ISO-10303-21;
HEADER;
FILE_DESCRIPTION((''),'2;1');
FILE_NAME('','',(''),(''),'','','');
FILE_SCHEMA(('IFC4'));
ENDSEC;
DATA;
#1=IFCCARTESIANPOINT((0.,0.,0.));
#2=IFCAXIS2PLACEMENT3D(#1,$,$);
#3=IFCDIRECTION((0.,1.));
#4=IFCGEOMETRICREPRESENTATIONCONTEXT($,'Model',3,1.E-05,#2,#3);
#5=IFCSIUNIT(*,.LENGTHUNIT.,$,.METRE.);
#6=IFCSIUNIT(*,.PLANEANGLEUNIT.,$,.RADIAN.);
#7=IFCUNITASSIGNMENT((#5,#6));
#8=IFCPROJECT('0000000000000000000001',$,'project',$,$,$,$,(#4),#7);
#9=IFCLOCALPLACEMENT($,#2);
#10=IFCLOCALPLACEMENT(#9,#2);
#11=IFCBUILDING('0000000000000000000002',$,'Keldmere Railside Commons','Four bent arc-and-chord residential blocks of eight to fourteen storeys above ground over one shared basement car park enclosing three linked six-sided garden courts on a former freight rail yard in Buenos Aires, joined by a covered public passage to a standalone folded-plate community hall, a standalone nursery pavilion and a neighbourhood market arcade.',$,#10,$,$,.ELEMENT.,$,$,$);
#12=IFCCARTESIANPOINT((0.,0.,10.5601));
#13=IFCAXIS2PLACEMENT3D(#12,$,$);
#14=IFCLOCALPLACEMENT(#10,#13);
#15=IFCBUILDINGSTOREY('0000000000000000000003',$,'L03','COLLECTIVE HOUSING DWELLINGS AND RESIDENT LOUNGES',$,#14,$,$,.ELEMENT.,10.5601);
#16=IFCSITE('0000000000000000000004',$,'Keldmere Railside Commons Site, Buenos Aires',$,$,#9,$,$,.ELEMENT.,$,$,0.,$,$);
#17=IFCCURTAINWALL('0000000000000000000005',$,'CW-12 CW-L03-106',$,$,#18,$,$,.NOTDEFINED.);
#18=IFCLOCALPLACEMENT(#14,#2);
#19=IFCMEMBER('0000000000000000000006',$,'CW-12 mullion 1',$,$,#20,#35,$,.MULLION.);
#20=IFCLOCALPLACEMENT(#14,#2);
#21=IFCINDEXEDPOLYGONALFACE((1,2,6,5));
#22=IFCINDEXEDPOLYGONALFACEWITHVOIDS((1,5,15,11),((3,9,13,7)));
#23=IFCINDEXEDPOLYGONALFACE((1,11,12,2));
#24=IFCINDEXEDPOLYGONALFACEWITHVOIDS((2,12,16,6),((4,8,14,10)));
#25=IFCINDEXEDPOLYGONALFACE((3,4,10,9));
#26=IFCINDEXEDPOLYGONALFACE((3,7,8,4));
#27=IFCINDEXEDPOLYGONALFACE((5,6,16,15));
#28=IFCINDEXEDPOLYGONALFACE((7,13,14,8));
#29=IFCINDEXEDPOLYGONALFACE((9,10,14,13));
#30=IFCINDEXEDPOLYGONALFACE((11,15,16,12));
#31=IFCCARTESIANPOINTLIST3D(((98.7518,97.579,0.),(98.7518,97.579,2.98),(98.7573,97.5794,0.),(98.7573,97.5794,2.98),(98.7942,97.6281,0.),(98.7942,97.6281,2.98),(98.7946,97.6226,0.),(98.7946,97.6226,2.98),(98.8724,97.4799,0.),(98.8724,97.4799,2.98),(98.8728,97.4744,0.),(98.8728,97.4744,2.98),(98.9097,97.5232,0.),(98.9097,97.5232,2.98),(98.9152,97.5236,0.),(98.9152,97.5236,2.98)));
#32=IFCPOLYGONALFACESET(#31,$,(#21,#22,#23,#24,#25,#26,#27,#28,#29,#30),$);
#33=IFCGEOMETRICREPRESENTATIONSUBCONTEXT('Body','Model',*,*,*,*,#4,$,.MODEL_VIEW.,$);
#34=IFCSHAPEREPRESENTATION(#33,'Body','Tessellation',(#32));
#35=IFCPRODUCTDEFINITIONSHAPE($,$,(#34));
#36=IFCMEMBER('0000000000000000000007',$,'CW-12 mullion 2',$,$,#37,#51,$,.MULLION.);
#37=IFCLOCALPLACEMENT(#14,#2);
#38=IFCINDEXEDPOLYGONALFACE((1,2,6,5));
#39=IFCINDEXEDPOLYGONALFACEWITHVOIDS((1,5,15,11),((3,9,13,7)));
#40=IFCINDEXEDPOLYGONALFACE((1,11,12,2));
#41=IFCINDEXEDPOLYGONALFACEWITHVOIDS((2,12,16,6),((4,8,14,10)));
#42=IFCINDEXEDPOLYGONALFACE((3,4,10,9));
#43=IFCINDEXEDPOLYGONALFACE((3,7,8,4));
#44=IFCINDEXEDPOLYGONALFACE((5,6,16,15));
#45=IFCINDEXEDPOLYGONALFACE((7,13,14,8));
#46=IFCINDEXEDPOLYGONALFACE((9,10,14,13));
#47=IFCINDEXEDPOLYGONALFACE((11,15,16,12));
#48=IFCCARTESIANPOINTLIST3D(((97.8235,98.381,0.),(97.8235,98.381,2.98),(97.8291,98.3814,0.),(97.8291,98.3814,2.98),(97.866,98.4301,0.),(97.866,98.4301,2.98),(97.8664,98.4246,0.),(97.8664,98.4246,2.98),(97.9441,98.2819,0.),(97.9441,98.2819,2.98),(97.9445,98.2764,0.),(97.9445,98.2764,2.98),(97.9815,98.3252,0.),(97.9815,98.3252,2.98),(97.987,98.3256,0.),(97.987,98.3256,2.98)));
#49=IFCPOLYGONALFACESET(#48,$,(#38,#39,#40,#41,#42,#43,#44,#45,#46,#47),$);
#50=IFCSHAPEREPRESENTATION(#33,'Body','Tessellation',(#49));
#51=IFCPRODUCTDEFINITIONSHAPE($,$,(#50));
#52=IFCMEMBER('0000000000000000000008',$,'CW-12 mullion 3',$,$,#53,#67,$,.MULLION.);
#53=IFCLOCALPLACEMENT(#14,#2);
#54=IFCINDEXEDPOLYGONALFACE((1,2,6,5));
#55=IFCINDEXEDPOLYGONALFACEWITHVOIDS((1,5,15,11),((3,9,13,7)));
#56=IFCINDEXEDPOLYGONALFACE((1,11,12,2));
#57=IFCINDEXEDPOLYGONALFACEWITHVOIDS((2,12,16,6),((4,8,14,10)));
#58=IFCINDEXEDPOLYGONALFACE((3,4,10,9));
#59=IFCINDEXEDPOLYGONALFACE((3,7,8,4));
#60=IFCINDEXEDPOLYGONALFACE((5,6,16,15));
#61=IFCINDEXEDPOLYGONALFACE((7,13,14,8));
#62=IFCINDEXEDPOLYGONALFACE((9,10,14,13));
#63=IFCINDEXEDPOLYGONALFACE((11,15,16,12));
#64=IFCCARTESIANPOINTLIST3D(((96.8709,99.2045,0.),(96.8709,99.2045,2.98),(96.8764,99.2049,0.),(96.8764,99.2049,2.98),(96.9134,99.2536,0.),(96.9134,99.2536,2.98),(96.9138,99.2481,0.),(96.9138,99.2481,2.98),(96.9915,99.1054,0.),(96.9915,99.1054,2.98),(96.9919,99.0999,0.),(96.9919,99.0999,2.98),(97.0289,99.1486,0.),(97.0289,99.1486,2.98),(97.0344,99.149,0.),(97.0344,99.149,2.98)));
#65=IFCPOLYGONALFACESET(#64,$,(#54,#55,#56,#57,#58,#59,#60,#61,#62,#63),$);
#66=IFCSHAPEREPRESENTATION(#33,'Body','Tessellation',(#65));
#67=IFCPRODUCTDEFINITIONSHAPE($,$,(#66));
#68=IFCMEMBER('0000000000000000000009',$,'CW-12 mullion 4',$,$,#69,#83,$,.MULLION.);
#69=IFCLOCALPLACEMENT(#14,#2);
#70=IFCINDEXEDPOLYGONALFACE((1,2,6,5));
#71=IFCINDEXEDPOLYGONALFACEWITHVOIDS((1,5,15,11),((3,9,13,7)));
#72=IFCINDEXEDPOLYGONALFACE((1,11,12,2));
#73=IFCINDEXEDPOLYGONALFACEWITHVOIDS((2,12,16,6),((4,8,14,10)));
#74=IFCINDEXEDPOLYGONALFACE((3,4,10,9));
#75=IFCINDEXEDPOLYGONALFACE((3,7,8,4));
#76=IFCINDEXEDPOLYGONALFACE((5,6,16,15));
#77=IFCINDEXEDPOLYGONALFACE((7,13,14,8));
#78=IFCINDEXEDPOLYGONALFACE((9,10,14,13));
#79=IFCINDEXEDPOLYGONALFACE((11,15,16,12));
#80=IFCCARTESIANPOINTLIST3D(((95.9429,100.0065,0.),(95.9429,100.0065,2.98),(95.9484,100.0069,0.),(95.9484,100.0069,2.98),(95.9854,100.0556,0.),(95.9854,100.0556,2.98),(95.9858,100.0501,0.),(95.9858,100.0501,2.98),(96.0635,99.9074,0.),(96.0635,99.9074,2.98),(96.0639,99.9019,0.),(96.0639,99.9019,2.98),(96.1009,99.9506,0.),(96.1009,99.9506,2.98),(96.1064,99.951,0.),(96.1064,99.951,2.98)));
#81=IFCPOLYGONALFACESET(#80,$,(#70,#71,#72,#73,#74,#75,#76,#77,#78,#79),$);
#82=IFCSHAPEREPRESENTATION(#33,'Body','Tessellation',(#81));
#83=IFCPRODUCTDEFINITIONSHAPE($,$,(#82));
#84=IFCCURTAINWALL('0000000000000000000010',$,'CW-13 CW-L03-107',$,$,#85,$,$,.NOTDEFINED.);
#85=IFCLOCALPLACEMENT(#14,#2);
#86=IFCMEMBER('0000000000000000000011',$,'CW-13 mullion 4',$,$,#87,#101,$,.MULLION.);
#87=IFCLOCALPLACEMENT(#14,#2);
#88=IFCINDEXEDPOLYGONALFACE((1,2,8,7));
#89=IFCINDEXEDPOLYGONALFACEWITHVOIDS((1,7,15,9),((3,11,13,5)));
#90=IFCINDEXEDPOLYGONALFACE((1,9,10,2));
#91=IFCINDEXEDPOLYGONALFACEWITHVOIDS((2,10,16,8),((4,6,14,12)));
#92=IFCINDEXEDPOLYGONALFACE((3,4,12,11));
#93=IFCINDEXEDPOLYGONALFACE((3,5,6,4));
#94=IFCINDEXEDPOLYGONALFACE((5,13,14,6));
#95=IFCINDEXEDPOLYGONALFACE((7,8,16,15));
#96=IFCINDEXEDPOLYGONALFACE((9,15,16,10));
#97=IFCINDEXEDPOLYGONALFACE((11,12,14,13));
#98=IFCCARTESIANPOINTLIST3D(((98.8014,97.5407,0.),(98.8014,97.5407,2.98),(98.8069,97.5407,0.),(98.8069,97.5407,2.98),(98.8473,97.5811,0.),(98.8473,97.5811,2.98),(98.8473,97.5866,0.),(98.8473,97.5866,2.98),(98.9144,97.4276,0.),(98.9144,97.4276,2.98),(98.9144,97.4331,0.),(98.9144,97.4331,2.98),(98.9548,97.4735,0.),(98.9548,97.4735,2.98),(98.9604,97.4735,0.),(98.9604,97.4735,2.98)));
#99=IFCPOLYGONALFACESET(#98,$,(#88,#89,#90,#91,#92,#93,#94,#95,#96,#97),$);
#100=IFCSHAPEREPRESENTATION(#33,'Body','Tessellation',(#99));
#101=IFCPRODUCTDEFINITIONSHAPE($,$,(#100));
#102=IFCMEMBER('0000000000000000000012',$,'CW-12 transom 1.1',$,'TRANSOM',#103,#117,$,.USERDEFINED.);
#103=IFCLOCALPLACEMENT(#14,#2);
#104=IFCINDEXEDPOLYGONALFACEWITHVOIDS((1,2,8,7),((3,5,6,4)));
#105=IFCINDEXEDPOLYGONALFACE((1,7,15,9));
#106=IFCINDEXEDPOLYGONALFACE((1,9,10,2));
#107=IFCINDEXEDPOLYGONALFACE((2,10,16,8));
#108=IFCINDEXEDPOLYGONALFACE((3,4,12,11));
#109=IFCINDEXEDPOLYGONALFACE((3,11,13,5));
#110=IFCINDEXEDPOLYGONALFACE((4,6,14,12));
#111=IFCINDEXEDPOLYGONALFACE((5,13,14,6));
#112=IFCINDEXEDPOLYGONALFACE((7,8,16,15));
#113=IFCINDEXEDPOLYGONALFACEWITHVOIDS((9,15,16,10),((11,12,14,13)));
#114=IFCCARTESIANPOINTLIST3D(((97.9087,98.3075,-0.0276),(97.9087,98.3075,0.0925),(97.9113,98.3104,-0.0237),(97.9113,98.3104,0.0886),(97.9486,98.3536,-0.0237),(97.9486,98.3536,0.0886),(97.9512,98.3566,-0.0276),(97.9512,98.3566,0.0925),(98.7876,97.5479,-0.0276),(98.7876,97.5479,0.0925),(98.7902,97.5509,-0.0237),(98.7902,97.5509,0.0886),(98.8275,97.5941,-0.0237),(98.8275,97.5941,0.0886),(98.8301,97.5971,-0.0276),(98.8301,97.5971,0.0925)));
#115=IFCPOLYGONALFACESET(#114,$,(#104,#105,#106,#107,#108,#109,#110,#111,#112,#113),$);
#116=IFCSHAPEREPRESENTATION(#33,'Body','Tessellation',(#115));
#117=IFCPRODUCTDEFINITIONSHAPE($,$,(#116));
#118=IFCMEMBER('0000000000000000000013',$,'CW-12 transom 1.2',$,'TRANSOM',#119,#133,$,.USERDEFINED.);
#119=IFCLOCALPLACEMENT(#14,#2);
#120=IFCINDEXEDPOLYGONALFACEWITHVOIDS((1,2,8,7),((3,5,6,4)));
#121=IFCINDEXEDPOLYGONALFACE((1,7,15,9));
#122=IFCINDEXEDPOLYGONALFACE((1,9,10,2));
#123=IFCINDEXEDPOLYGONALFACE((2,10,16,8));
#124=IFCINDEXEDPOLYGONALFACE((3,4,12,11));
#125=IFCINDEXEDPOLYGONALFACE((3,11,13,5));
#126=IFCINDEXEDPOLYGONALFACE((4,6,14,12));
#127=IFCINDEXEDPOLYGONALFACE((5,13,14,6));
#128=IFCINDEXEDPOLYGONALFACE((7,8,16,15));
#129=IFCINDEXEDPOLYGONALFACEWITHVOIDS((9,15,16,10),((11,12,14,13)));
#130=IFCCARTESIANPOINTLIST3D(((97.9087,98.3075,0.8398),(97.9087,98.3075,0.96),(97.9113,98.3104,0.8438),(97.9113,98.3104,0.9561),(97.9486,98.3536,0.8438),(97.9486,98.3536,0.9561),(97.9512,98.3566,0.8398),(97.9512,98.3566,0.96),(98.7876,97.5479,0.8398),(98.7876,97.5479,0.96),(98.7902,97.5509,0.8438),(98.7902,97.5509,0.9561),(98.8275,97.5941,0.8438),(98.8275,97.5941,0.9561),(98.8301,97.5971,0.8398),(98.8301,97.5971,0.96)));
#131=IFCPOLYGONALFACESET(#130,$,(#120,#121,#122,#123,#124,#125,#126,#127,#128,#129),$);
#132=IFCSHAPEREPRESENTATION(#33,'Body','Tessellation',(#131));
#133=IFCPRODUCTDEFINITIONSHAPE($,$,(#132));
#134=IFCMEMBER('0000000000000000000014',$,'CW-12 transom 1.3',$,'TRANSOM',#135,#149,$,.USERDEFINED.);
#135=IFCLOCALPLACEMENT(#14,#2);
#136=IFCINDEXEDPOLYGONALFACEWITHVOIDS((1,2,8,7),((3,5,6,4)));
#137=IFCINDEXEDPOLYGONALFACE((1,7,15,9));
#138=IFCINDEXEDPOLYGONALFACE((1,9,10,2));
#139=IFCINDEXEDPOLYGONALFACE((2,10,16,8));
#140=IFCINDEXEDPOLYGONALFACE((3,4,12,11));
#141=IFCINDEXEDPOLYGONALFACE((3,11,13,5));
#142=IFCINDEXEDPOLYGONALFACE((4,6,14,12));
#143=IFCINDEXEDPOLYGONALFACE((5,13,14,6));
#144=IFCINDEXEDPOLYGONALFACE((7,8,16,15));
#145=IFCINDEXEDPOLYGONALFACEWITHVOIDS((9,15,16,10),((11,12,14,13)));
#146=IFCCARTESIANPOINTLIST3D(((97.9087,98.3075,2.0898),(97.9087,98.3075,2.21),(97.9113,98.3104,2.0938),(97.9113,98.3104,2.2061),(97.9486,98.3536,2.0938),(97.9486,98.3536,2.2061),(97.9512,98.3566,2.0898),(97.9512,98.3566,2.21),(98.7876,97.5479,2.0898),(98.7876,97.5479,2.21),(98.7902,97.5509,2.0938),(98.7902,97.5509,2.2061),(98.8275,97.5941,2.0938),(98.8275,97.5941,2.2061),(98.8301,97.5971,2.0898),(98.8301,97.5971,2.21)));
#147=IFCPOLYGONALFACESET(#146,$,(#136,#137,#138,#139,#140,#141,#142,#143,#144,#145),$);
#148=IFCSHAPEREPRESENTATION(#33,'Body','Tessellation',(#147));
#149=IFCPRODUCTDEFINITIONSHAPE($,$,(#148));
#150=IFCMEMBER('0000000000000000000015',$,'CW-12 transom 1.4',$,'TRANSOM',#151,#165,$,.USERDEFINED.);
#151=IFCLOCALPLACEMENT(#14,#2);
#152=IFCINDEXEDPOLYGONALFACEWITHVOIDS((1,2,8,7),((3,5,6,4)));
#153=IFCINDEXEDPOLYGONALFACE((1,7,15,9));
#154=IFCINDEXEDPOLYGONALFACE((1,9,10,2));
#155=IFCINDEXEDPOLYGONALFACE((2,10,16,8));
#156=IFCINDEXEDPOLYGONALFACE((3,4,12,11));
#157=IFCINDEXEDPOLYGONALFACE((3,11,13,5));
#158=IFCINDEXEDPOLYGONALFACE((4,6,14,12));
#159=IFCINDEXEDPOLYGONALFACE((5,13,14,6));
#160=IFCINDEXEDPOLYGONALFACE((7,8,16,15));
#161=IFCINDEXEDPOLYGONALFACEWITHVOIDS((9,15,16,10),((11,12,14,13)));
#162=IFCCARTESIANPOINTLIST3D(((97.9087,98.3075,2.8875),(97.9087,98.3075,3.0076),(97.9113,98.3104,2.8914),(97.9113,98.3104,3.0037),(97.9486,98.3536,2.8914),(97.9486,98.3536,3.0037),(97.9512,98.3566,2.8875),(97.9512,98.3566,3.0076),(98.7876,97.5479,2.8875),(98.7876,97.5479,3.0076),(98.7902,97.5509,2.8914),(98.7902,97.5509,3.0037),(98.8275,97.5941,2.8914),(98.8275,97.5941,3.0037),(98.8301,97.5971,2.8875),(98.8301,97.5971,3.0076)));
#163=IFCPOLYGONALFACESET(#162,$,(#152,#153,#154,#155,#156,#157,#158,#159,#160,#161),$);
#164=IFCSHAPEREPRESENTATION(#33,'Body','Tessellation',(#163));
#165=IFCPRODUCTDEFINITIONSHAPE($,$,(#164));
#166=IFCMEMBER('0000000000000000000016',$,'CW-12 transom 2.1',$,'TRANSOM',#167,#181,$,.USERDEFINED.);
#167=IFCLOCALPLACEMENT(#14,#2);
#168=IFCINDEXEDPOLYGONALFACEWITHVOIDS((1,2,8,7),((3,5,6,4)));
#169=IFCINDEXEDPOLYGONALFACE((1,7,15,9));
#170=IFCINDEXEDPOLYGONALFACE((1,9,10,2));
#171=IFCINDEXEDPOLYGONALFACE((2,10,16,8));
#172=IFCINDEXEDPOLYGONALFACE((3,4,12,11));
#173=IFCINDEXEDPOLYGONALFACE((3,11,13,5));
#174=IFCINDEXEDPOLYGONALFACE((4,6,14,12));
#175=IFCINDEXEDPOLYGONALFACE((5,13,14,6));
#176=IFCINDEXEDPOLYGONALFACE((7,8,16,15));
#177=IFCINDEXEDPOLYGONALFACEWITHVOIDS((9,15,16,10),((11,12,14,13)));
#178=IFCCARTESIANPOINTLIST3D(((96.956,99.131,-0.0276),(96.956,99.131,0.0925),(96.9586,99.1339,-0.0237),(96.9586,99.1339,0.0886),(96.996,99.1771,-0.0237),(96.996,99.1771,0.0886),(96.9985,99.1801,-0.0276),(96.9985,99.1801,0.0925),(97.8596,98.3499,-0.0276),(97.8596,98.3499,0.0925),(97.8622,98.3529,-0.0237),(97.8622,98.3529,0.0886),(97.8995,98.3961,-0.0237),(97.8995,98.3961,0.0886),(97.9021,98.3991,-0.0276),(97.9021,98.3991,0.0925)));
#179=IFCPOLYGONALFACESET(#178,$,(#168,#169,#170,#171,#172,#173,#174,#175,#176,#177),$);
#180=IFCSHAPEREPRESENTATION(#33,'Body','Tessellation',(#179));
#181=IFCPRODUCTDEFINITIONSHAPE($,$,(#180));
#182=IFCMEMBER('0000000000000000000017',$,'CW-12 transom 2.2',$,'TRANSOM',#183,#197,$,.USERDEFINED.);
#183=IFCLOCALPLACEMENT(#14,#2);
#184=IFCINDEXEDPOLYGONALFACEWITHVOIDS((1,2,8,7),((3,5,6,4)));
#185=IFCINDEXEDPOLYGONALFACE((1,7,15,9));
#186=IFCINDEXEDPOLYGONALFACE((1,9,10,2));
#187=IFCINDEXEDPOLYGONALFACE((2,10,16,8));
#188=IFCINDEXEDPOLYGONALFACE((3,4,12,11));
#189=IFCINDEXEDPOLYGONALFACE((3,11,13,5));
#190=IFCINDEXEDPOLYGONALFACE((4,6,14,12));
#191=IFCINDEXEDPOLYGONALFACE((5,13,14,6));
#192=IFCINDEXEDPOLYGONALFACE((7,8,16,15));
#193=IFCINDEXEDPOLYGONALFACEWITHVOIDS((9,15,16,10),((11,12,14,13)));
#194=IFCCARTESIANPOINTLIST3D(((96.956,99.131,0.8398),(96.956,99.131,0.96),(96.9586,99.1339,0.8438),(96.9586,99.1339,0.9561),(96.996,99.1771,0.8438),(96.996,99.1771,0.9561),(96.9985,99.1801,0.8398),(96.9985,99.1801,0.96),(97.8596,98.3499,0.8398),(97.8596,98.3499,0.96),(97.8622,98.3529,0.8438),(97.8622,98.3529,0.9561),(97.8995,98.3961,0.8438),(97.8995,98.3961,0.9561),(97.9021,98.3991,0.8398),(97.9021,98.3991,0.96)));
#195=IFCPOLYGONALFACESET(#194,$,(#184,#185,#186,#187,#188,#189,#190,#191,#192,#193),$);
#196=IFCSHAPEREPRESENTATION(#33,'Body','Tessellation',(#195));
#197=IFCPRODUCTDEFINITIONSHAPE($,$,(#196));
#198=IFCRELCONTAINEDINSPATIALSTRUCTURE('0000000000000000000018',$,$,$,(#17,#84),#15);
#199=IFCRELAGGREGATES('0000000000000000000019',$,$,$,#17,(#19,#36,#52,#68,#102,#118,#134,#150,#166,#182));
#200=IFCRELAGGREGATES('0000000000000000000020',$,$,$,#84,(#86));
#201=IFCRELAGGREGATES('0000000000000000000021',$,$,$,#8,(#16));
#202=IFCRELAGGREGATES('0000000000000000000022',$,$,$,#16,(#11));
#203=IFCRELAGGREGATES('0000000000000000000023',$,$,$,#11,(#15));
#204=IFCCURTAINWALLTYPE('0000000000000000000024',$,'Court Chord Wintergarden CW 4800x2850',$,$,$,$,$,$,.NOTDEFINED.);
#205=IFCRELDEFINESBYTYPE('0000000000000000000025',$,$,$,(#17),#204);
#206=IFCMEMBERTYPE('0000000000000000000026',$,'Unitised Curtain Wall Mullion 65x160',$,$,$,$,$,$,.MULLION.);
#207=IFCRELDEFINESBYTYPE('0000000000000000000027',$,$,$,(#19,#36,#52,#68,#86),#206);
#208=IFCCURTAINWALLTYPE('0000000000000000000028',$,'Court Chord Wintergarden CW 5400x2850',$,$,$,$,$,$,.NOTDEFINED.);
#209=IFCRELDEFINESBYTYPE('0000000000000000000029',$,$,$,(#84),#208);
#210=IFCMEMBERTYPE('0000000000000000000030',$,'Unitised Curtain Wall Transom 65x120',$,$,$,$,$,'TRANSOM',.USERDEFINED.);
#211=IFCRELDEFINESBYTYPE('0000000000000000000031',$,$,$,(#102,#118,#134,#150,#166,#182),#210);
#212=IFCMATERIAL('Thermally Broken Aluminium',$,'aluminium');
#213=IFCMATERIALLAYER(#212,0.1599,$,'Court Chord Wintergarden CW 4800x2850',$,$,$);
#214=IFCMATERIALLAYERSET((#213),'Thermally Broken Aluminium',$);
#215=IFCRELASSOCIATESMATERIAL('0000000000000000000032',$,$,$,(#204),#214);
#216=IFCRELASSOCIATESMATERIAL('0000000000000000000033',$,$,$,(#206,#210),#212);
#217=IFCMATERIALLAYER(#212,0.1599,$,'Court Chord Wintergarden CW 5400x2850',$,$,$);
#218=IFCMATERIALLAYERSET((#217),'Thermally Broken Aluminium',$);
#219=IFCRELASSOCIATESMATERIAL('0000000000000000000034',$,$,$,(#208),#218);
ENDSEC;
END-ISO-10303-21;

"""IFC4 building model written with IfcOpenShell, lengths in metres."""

from ifc_helpers import new_model, si_unit, direction, frame, origin, origin_2d, place, context, subcontext, project, spatial, hollow_rectangle, extrude, material, layer, layer_set, material_profile, profile_set, type_object, element, aggregate, save


model = new_model("IFC4")

# Units and contexts
model_context = context("Model", 3, precision=1e-05, world=origin(), true_north=direction((0.0, 1.0)))
body_context = subcontext(model_context, "Body", "Model", "MODEL_VIEW")
ifc_project = project(units=[si_unit("LENGTHUNIT", "METRE"), si_unit("PLANEANGLEUNIT", "RADIAN")], contexts=[model_context])

# Site, building, storey
site_placement = place(None, origin())
site = spatial("IfcSite", under=ifc_project, at=site_placement, Name="Keldmere Railside Commons Site, Buenos Aires", CompositionType="ELEMENT", RefElevation=0.0)
building_placement = place(site_placement, origin())
building = spatial("IfcBuilding", under=site, at=building_placement, Name="Keldmere Railside Commons", Description="Four bent arc-and-chord residential blocks of eight to fourteen storeys above ground over one shared basement car park enclosing three linked six-sided garden courts on a former freight rail yard in Buenos Aires, joined by a covered public passage to a standalone folded-plate community hall, a standalone nursery pavilion and a neighbourhood market arcade.", CompositionType="ELEMENT")
storey_placement = place(building_placement, frame((0.0, 0.0, 10.5601)))
storey = spatial("IfcBuildingStorey", under=building, at=storey_placement, Name="L03", Description="COLLECTIVE HOUSING DWELLINGS AND RESIDENT LOUNGES", CompositionType="ELEMENT", Elevation=10.5601)

# Curtain wall, members
ifc_material_1 = material(Name="Thermally Broken Aluminium", Category="aluminium")
ifc_layer_1 = layer(ifc_material_1, 0.1599, Name="Court Chord Wintergarden CW 4800x2850")
ifc_layer_set_1 = layer_set([ifc_layer_1], Name="Thermally Broken Aluminium")
curtain_wall_type_1 = type_object("IfcCurtainWallType", Name="Court Chord Wintergarden CW 4800x2850", PredefinedType="NOTDEFINED", material=ifc_layer_set_1)
curtain_wall_1_placement = place(storey_placement, origin())
curtain_wall_1 = element("IfcCurtainWall", 1, at=curtain_wall_1_placement, inside=storey, type_object=curtain_wall_type_1, Name="CW-12 CW-L03-106", PredefinedType="NOTDEFINED")
ifc_material_profile_1 = material_profile(ifc_material_1, hollow_rectangle(XDim=0.0649, YDim=0.1599, WallThickness=0.0039, at=origin_2d()), Name="ALU-MULL-65x160")
ifc_profile_set_1 = profile_set([ifc_material_profile_1], Name="Thermally Broken Aluminium")
member_type_1 = type_object("IfcMemberType", Name="Unitised Curtain Wall Mullion 65x160", PredefinedType="MULLION", material=ifc_profile_set_1)
member_1_placement = place(storey_placement, frame((98.8335, 97.5513, 0.0), z_axis=(0.0, 0.0, 1.0), x_axis=(-0.653882, -0.756597, 0.0)))
member_1 = element("IfcMember", 2, at=member_1_placement, type_object=member_type_1, Name="CW-12 mullion 1", PredefinedType="MULLION", context=body_context, shape_type="SweptSolid", body=[
    extrude(hollow_rectangle(XDim=0.0649, YDim=0.1599, WallThickness=0.0039, at=origin_2d()), origin(), (0.0, 0.0, 1.0), 2.98),
])
member_2_placement = place(storey_placement, frame((97.9053, 98.3533, 0.0), z_axis=(0.0, 0.0, 1.0), x_axis=(-0.653882, -0.756597, 0.0)))
member_2 = element("IfcMember", 3, at=member_2_placement, type_object=member_type_1, Name="CW-12 mullion 2", PredefinedType="MULLION", context=body_context, shape_type="SweptSolid", body=[
    extrude(hollow_rectangle(XDim=0.0649, YDim=0.1599, WallThickness=0.0039, at=origin_2d()), origin(), (0.0, 0.0, 1.0), 2.98),
])
member_3_placement = place(storey_placement, frame((96.9526, 99.1768, 0.0), z_axis=(0.0, 0.0, 1.0), x_axis=(-0.653882, -0.756597, 0.0)))
member_3 = element("IfcMember", 4, at=member_3_placement, type_object=member_type_1, Name="CW-12 mullion 3", PredefinedType="MULLION", context=body_context, shape_type="SweptSolid", body=[
    extrude(hollow_rectangle(XDim=0.0649, YDim=0.1599, WallThickness=0.0039, at=origin_2d()), origin(), (0.0, 0.0, 1.0), 2.98),
])
member_4_placement = place(storey_placement, frame((96.0247, 99.9788, 0.0), z_axis=(0.0, 0.0, 1.0), x_axis=(-0.653882, -0.756597, 0.0)))
member_4 = element("IfcMember", 5, at=member_4_placement, type_object=member_type_1, Name="CW-12 mullion 4", PredefinedType="MULLION", context=body_context, shape_type="SweptSolid", body=[
    extrude(hollow_rectangle(XDim=0.0649, YDim=0.1599, WallThickness=0.0039, at=origin_2d()), origin(), (0.0, 0.0, 1.0), 2.98),
])

# Curtain wall, member
ifc_layer_2 = layer(ifc_material_1, 0.1599, Name="Court Chord Wintergarden CW 5400x2850")
ifc_layer_set_2 = layer_set([ifc_layer_2], Name="Thermally Broken Aluminium")
curtain_wall_type_2 = type_object("IfcCurtainWallType", Name="Court Chord Wintergarden CW 5400x2850", PredefinedType="NOTDEFINED", material=ifc_layer_set_2)
curtain_wall_2_placement = place(storey_placement, origin())
curtain_wall_2 = element("IfcCurtainWall", 6, at=curtain_wall_2_placement, inside=storey, type_object=curtain_wall_type_2, Name="CW-13 CW-L03-107", PredefinedType="NOTDEFINED")
member_5_placement = place(storey_placement, frame((98.8809, 97.5071, 0.0), z_axis=(0.0, 0.0, 1.0), x_axis=(-0.707107, -0.707107, 0.0)))
member_5 = element("IfcMember", 7, at=member_5_placement, type_object=member_type_1, Name="CW-13 mullion 4", PredefinedType="MULLION", context=body_context, shape_type="SweptSolid", body=[
    extrude(hollow_rectangle(XDim=0.0649, YDim=0.1599, WallThickness=0.0039, at=origin_2d()), origin(), (0.0, 0.0, 1.0), 2.98),
])

# Members
ifc_material_profile_2 = material_profile(ifc_material_1, hollow_rectangle(XDim=0.0649, YDim=0.1201, WallThickness=0.0039, at=origin_2d()), Name="ALU-TRAN-65x120")
ifc_profile_set_2 = profile_set([ifc_material_profile_2], Name="Thermally Broken Aluminium")
member_type_2 = type_object("IfcMemberType", Name="Unitised Curtain Wall Transom 65x120", ElementType="TRANSOM", PredefinedType="USERDEFINED", material=ifc_profile_set_2)
member_6_placement = place(storey_placement, frame((98.8088, 97.5725, 0.0325), z_axis=(-0.756624, 0.65385, 0.0), x_axis=(-0.65385, -0.756624, 0.0)))
member_6 = element("IfcMember", 8, at=member_6_placement, type_object=member_type_2, Name="CW-12 transom 1.1", ObjectType="TRANSOM", PredefinedType="USERDEFINED", context=body_context, shape_type="SweptSolid", body=[
    extrude(hollow_rectangle(XDim=0.0649, YDim=0.1201, WallThickness=0.0039, at=origin_2d()), origin(), (0.0, 0.0, 1.0), 1.1616),
])
member_7_placement = place(storey_placement, frame((98.8088, 97.5725, 0.8999), z_axis=(-0.756624, 0.65385, 0.0), x_axis=(-0.65385, -0.756624, 0.0)))
member_7 = element("IfcMember", 9, at=member_7_placement, type_object=member_type_2, Name="CW-12 transom 1.2", ObjectType="TRANSOM", PredefinedType="USERDEFINED", context=body_context, shape_type="SweptSolid", body=[
    extrude(hollow_rectangle(XDim=0.0649, YDim=0.1201, WallThickness=0.0039, at=origin_2d()), origin(), (0.0, 0.0, 1.0), 1.1616),
])
member_8_placement = place(storey_placement, frame((98.8088, 97.5725, 2.1499), z_axis=(-0.756624, 0.65385, 0.0), x_axis=(-0.65385, -0.756624, 0.0)))
member_8 = element("IfcMember", 10, at=member_8_placement, type_object=member_type_2, Name="CW-12 transom 1.3", ObjectType="TRANSOM", PredefinedType="USERDEFINED", context=body_context, shape_type="SweptSolid", body=[
    extrude(hollow_rectangle(XDim=0.0649, YDim=0.1201, WallThickness=0.0039, at=origin_2d()), origin(), (0.0, 0.0, 1.0), 1.1616),
])
member_9_placement = place(storey_placement, frame((98.8088, 97.5725, 2.9475), z_axis=(-0.756624, 0.65385, 0.0), x_axis=(-0.65385, -0.756624, 0.0)))
member_9 = element("IfcMember", 11, at=member_9_placement, type_object=member_type_2, Name="CW-12 transom 1.4", ObjectType="TRANSOM", PredefinedType="USERDEFINED", context=body_context, shape_type="SweptSolid", body=[
    extrude(hollow_rectangle(XDim=0.0649, YDim=0.1201, WallThickness=0.0039, at=origin_2d()), origin(), (0.0, 0.0, 1.0), 1.1616),
])
member_10_placement = place(storey_placement, frame((97.8809, 98.3745, 0.0325), z_axis=(-0.756552, 0.653934, 0.0), x_axis=(-0.653934, -0.756552, 0.0)))
member_10 = element("IfcMember", 12, at=member_10_placement, type_object=member_type_2, Name="CW-12 transom 2.1", ObjectType="TRANSOM", PredefinedType="USERDEFINED", context=body_context, shape_type="SweptSolid", body=[
    extrude(hollow_rectangle(XDim=0.0649, YDim=0.1201, WallThickness=0.0039, at=origin_2d()), origin(), (0.0, 0.0, 1.0), 1.1943),
])
member_11_placement = place(storey_placement, frame((97.8809, 98.3745, 0.8999), z_axis=(-0.756552, 0.653934, 0.0), x_axis=(-0.653934, -0.756552, 0.0)))
member_11 = element("IfcMember", 13, at=member_11_placement, type_object=member_type_2, Name="CW-12 transom 2.2", ObjectType="TRANSOM", PredefinedType="USERDEFINED", context=body_context, shape_type="SweptSolid", body=[
    extrude(hollow_rectangle(XDim=0.0649, YDim=0.1201, WallThickness=0.0039, at=origin_2d()), origin(), (0.0, 0.0, 1.0), 1.1943),
])

aggregate(curtain_wall_1, [member_1, member_2, member_3, member_4, member_6, member_7, member_8, member_9, member_10, member_11])
aggregate(curtain_wall_2, [member_5])

save(model, "model.ifc")
